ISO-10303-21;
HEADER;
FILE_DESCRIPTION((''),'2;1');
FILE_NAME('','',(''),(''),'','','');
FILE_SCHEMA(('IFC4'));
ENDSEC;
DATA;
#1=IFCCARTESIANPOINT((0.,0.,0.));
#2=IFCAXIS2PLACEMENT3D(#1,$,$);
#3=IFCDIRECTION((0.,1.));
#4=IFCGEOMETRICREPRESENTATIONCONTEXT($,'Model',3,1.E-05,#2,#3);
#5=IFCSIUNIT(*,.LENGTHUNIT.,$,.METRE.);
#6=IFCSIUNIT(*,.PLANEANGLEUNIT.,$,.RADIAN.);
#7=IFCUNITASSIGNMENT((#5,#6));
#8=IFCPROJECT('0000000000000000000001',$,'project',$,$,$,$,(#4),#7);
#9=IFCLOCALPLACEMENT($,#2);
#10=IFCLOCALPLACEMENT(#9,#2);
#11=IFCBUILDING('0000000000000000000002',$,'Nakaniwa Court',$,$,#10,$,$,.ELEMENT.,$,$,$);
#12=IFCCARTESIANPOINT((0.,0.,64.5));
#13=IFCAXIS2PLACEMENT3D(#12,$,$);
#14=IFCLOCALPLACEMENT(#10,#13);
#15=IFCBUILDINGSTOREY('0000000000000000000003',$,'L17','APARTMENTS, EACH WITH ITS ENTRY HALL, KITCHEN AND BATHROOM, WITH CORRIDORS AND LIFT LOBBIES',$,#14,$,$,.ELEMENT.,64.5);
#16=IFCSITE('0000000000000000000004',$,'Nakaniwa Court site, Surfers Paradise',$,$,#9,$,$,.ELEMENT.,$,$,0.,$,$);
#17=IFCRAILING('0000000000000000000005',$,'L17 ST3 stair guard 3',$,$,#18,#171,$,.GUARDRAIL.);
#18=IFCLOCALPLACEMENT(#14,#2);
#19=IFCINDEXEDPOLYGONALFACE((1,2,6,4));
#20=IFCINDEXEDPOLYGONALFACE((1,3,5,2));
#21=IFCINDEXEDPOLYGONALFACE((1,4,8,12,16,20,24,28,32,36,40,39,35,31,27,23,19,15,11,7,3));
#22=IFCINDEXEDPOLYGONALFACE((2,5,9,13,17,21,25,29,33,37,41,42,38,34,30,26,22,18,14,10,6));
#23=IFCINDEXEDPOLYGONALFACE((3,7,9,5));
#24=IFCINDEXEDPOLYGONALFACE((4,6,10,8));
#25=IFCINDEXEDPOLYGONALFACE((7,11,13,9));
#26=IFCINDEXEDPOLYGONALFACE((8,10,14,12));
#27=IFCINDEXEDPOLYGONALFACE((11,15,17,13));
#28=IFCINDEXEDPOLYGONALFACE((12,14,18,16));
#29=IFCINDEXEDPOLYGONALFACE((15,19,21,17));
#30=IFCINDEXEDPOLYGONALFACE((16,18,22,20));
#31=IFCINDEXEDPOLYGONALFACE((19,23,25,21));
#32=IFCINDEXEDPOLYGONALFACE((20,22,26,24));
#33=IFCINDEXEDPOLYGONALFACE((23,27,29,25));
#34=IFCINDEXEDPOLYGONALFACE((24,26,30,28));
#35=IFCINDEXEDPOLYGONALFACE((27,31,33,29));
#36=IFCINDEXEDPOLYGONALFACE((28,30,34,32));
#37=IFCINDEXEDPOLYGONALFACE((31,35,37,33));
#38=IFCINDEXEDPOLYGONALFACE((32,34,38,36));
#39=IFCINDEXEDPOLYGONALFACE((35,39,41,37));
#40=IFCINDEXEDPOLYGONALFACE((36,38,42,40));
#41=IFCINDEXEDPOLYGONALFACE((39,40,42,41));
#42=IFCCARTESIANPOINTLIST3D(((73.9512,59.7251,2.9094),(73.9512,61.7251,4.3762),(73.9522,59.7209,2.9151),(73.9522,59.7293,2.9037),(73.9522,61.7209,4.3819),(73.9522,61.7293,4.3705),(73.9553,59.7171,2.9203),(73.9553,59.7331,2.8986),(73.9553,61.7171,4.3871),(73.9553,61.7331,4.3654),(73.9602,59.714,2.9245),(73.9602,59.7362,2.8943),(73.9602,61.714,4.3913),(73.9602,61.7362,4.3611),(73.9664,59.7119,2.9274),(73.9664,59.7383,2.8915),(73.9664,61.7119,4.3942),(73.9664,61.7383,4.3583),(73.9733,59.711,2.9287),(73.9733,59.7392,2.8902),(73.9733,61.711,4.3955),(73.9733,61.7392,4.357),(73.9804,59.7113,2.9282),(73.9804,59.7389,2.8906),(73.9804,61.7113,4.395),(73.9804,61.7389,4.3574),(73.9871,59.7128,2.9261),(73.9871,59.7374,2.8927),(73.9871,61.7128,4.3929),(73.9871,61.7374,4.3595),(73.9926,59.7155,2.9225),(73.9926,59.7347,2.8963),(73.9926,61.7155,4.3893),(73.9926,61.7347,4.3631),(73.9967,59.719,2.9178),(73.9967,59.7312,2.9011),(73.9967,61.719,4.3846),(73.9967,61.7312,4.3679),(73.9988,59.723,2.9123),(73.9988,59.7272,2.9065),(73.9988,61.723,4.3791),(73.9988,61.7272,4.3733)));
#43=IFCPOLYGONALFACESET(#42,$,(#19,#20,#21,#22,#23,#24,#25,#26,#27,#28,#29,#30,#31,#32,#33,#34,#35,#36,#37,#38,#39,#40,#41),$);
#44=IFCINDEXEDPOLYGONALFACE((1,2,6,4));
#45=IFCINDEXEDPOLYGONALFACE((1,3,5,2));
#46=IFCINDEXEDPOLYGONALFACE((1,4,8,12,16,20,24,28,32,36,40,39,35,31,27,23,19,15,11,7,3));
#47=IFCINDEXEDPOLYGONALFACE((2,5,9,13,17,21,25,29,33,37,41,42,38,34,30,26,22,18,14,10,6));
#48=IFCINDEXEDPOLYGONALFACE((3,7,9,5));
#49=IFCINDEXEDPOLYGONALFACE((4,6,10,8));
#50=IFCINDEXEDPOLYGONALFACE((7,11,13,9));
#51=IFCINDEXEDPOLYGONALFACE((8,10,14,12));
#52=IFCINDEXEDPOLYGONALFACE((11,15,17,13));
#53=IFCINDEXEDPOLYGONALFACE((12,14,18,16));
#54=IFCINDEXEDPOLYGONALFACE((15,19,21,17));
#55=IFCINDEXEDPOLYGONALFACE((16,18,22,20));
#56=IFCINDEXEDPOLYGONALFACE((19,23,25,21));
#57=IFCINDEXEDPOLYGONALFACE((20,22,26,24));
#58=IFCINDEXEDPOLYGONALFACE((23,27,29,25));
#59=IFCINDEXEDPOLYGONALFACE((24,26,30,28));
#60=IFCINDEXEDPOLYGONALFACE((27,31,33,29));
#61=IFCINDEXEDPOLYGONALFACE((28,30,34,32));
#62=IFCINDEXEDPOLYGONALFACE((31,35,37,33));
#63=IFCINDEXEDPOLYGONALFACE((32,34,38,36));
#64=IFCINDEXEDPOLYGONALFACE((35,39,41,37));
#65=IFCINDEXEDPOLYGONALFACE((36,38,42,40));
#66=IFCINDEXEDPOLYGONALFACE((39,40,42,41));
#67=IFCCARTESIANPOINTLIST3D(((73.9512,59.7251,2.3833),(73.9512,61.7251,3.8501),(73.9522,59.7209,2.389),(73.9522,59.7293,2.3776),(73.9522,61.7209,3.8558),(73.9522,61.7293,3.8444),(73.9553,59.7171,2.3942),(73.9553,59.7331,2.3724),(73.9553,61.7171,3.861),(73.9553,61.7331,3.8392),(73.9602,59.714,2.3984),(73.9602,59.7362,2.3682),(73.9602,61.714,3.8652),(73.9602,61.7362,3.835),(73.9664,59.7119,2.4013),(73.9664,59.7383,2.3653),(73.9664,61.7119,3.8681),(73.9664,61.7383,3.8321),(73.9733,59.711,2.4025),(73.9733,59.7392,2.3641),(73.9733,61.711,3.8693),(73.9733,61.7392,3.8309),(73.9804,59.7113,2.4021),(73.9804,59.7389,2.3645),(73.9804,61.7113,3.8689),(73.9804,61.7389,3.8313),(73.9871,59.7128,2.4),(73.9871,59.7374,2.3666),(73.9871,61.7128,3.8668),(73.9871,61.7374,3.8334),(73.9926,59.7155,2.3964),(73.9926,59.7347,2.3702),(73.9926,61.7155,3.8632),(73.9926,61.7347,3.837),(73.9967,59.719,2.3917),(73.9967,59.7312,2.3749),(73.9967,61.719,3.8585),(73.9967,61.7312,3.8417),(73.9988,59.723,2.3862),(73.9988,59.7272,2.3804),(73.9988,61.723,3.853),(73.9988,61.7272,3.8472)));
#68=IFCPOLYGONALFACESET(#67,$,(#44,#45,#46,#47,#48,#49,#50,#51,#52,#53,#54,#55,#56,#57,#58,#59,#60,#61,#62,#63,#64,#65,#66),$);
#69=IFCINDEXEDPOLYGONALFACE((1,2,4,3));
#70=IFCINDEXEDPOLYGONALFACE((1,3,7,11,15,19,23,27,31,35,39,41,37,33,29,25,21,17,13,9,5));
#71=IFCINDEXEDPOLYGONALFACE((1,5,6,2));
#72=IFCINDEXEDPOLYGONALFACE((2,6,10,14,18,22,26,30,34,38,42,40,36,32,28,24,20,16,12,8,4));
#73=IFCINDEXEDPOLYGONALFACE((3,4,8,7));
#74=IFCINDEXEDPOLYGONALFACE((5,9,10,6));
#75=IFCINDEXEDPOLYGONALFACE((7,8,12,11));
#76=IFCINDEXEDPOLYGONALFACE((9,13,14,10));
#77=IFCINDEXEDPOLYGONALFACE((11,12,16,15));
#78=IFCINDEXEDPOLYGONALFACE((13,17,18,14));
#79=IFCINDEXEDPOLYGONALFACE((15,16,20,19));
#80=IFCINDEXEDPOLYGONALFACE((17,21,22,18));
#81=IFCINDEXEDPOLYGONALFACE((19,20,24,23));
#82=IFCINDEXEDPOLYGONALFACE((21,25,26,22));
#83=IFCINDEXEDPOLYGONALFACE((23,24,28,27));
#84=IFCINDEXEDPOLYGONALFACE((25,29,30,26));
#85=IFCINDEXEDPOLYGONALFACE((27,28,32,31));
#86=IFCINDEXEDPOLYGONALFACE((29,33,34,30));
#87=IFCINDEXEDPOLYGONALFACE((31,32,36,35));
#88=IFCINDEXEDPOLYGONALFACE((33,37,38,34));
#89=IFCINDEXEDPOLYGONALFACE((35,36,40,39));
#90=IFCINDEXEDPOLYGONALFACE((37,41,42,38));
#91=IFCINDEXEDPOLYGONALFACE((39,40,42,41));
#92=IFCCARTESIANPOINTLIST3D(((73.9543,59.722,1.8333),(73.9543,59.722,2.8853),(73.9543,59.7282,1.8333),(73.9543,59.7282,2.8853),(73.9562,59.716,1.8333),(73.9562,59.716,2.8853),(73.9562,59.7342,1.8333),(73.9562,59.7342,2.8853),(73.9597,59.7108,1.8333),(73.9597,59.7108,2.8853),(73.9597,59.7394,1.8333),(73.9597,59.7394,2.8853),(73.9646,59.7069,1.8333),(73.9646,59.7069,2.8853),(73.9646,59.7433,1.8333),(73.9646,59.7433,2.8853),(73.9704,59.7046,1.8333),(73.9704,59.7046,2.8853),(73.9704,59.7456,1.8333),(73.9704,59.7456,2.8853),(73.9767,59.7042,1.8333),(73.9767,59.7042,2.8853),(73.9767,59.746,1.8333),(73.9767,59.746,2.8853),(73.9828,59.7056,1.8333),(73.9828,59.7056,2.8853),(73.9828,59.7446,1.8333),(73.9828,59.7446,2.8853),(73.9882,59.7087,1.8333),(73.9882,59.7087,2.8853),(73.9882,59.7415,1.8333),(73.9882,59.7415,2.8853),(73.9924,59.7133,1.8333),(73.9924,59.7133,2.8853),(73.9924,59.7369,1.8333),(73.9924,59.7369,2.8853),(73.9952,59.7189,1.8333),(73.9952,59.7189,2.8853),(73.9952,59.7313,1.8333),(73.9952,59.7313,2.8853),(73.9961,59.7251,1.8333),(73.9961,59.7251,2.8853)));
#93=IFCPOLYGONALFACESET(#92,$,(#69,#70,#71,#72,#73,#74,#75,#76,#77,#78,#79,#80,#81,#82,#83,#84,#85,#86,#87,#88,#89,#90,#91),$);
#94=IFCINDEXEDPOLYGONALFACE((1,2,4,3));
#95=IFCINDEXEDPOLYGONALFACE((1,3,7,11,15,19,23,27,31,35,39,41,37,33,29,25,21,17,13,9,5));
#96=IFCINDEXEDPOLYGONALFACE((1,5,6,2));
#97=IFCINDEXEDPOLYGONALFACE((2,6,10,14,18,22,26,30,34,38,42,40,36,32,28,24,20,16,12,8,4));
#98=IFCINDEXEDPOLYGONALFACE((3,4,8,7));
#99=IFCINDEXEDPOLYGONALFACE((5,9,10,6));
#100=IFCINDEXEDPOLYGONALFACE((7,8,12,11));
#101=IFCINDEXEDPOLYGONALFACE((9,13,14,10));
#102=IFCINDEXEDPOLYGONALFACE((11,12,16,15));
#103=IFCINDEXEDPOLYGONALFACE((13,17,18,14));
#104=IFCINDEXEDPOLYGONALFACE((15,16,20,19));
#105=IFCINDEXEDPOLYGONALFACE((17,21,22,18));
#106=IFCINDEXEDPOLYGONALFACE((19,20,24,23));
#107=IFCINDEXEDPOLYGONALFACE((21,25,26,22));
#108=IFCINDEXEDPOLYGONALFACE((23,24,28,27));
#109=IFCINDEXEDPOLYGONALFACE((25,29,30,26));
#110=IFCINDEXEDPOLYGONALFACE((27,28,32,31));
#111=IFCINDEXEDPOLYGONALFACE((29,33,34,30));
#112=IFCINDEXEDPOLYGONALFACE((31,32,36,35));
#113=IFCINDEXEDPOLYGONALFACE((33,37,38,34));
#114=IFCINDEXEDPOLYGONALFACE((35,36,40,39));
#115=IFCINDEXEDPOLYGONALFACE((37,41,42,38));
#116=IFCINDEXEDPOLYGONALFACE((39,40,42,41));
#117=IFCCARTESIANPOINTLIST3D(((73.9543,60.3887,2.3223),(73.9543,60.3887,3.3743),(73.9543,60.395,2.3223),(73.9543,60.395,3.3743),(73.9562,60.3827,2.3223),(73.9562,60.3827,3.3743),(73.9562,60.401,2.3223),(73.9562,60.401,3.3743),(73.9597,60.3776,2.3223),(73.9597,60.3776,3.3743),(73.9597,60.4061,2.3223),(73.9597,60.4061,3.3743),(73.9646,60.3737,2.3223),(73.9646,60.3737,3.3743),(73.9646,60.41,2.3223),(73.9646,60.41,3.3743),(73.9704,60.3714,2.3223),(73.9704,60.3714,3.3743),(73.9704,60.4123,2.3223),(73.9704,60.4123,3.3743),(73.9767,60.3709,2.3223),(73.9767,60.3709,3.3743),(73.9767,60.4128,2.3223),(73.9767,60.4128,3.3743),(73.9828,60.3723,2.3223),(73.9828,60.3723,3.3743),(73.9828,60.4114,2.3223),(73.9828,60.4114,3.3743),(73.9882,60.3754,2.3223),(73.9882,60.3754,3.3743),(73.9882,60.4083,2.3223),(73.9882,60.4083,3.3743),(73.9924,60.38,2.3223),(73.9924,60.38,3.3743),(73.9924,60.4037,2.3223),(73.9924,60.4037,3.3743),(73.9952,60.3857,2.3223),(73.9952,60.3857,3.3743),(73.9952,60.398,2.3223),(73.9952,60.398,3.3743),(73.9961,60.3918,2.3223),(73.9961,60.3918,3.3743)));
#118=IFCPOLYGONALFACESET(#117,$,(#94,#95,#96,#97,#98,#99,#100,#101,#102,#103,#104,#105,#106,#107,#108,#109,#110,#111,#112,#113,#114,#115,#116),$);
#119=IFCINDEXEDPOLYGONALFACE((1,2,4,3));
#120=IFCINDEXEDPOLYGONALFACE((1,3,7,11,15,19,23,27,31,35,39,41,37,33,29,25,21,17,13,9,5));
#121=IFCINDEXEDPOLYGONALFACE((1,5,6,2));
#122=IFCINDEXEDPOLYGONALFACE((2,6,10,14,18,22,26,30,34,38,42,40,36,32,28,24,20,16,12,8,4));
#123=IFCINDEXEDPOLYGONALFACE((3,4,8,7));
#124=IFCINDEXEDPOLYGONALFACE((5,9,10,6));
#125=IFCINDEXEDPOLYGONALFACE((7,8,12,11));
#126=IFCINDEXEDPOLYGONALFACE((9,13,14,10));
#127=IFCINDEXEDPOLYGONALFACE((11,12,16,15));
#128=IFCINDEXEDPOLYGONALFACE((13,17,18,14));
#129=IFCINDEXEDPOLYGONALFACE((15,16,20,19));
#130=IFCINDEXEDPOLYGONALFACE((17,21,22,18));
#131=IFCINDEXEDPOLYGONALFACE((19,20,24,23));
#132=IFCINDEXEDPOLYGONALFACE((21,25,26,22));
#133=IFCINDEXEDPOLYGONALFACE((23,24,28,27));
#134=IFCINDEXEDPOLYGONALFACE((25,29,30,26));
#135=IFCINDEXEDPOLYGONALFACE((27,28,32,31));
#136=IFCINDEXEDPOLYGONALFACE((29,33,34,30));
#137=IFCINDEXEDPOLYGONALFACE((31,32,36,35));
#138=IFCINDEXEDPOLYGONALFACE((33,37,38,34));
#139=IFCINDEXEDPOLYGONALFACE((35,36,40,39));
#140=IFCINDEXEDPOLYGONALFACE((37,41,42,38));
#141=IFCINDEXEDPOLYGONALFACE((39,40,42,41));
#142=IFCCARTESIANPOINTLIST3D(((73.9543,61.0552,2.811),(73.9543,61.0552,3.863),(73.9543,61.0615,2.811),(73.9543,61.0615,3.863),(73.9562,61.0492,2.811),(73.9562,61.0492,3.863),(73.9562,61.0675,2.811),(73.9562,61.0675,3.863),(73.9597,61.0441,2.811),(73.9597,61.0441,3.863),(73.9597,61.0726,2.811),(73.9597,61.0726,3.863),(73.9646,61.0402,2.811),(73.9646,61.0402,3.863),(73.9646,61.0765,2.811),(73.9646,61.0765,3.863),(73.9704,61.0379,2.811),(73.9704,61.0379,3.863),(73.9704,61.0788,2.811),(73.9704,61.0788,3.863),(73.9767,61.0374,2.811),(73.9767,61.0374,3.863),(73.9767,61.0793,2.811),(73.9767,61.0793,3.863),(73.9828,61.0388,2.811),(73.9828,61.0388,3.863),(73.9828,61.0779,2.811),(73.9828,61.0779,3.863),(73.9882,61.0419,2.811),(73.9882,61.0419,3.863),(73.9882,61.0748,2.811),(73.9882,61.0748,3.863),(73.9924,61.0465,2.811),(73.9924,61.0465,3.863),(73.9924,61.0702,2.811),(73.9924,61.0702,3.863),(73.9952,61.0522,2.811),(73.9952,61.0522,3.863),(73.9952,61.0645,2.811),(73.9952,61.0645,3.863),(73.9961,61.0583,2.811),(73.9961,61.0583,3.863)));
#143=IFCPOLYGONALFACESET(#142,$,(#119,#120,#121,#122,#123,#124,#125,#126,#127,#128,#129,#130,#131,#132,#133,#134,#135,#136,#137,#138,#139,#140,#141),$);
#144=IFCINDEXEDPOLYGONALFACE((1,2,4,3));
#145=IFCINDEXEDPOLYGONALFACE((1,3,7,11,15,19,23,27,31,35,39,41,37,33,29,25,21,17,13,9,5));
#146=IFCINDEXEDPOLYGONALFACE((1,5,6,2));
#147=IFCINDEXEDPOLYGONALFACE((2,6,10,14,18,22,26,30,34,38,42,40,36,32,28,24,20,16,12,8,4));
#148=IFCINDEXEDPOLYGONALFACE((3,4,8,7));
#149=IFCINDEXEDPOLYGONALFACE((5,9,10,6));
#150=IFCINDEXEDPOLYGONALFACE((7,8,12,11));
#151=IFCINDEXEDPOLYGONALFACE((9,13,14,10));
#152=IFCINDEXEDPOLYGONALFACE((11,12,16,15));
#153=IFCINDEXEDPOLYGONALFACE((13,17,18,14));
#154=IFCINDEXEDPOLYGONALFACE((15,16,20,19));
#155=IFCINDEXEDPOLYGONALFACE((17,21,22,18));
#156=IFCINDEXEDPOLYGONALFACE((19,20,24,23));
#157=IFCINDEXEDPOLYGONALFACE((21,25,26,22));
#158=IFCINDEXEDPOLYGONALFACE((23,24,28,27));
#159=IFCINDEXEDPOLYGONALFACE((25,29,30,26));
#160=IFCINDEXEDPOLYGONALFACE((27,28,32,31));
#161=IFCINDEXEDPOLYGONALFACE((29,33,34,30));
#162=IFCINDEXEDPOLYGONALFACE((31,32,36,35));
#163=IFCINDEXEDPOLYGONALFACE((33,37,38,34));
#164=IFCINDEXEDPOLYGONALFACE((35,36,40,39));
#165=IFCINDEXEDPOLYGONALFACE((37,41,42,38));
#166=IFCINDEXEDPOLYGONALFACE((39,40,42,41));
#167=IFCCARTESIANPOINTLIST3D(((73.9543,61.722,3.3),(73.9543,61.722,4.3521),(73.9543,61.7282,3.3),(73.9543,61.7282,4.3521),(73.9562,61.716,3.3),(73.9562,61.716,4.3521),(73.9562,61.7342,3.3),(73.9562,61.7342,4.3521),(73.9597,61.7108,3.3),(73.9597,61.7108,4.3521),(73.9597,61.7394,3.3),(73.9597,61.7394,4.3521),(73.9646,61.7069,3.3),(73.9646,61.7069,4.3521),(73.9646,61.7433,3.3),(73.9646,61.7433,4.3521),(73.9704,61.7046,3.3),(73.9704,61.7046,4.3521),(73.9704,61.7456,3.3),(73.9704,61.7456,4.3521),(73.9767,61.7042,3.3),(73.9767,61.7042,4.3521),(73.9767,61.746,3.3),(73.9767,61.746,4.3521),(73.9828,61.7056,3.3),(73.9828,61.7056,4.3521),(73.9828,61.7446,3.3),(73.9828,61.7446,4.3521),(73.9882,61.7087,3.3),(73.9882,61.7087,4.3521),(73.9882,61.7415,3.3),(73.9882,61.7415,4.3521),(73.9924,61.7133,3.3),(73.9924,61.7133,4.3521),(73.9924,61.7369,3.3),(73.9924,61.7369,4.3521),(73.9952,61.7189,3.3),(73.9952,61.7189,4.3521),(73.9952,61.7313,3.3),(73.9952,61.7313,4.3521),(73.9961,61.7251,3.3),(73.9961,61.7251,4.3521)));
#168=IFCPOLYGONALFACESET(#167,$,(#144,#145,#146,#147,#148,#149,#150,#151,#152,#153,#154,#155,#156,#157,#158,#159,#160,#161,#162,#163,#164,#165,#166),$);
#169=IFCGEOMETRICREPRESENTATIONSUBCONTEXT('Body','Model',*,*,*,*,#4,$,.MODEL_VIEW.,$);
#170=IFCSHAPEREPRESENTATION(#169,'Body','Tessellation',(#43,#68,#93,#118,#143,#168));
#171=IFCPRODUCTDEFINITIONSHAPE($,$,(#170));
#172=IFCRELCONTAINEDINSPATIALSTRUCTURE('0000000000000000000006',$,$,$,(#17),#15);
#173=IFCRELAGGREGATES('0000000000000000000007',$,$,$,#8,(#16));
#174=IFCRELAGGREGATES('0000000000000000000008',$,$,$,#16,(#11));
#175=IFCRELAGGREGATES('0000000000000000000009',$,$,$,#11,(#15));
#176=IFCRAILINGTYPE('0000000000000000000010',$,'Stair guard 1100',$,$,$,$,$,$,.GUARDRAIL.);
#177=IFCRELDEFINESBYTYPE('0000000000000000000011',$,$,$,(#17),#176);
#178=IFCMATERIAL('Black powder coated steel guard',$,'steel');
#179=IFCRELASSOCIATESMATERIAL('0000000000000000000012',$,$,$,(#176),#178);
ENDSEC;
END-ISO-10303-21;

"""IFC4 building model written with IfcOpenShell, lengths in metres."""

from ifc_helpers import new_model, si_unit, direction, frame, origin, origin_2d, place, context, subcontext, project, spatial, circle, extrude, material, type_object, element, save


model = new_model("IFC4")

# Units and contexts
model_context = context("Model", 3, precision=1e-05, world=origin(), true_north=direction((0.0, 1.0)))
body_context = subcontext(model_context, "Body", "Model", "MODEL_VIEW")
ifc_project = project(units=[si_unit("LENGTHUNIT", "METRE"), si_unit("PLANEANGLEUNIT", "RADIAN")], contexts=[model_context])

# Site, building, storey
site_placement = place(None, origin())
site = spatial("IfcSite", under=ifc_project, at=site_placement, Name="Nakaniwa Court site, Surfers Paradise", CompositionType="ELEMENT", RefElevation=0.0)
building_placement = place(site_placement, origin())
building = spatial("IfcBuilding", under=site, at=building_placement, Name="Nakaniwa Court", CompositionType="ELEMENT")
storey_placement = place(building_placement, frame((0.0, 0.0, 64.5)))
storey = spatial("IfcBuildingStorey", under=building, at=storey_placement, Name="L17", Description="APARTMENTS, EACH WITH ITS ENTRY HALL, KITCHEN AND BATHROOM, WITH CORRIDORS AND LIFT LOBBIES", CompositionType="ELEMENT", Elevation=64.5)

# Railing
ifc_material_1 = material(Name="Black powder coated steel guard", Category="steel")
railing_type_1 = type_object("IfcRailingType", Name="Stair guard 1100", PredefinedType="GUARDRAIL", material=ifc_material_1)
railing_1_placement = place(storey_placement, frame((73.9751, 59.7251, 1.8333)))
element("IfcRailing", 1, at=railing_1_placement, inside=storey, type_object=railing_type_1, Name="L17 ST3 stair guard 3", PredefinedType="GUARDRAIL", context=body_context, shape_type="SweptSolid", body=[
    extrude(circle(Radius=0.0239, at=origin_2d()), frame((0.0, 0.0, 1.0762), z_axis=(0.0, 0.80638, 0.591398), x_axis=(-1.0, 0.0, 0.0)), (0.0, 0.0, 1.0), 2.4802),
    extrude(circle(Radius=0.0239, at=origin_2d()), frame((0.0, 0.0, 0.55), z_axis=(0.0, 0.80638, 0.591398), x_axis=(-1.0, 0.0, 0.0)), (0.0, 0.0, 1.0), 2.4802),
    extrude(circle(Radius=0.021, at=origin_2d()), origin(), (0.0, 0.0, 1.0), 1.052),
    extrude(circle(Radius=0.021, at=origin_2d()), frame((0.0, 0.6667, 0.489)), (0.0, 0.0, 1.0), 1.052),
    extrude(circle(Radius=0.021, at=origin_2d()), frame((0.0, 1.3333, 0.9778)), (0.0, 0.0, 1.0), 1.052),
    extrude(circle(Radius=0.021, at=origin_2d()), frame((0.0, 2.0, 1.4668)), (0.0, 0.0, 1.0), 1.052),
])

save(model, "model.ifc")
